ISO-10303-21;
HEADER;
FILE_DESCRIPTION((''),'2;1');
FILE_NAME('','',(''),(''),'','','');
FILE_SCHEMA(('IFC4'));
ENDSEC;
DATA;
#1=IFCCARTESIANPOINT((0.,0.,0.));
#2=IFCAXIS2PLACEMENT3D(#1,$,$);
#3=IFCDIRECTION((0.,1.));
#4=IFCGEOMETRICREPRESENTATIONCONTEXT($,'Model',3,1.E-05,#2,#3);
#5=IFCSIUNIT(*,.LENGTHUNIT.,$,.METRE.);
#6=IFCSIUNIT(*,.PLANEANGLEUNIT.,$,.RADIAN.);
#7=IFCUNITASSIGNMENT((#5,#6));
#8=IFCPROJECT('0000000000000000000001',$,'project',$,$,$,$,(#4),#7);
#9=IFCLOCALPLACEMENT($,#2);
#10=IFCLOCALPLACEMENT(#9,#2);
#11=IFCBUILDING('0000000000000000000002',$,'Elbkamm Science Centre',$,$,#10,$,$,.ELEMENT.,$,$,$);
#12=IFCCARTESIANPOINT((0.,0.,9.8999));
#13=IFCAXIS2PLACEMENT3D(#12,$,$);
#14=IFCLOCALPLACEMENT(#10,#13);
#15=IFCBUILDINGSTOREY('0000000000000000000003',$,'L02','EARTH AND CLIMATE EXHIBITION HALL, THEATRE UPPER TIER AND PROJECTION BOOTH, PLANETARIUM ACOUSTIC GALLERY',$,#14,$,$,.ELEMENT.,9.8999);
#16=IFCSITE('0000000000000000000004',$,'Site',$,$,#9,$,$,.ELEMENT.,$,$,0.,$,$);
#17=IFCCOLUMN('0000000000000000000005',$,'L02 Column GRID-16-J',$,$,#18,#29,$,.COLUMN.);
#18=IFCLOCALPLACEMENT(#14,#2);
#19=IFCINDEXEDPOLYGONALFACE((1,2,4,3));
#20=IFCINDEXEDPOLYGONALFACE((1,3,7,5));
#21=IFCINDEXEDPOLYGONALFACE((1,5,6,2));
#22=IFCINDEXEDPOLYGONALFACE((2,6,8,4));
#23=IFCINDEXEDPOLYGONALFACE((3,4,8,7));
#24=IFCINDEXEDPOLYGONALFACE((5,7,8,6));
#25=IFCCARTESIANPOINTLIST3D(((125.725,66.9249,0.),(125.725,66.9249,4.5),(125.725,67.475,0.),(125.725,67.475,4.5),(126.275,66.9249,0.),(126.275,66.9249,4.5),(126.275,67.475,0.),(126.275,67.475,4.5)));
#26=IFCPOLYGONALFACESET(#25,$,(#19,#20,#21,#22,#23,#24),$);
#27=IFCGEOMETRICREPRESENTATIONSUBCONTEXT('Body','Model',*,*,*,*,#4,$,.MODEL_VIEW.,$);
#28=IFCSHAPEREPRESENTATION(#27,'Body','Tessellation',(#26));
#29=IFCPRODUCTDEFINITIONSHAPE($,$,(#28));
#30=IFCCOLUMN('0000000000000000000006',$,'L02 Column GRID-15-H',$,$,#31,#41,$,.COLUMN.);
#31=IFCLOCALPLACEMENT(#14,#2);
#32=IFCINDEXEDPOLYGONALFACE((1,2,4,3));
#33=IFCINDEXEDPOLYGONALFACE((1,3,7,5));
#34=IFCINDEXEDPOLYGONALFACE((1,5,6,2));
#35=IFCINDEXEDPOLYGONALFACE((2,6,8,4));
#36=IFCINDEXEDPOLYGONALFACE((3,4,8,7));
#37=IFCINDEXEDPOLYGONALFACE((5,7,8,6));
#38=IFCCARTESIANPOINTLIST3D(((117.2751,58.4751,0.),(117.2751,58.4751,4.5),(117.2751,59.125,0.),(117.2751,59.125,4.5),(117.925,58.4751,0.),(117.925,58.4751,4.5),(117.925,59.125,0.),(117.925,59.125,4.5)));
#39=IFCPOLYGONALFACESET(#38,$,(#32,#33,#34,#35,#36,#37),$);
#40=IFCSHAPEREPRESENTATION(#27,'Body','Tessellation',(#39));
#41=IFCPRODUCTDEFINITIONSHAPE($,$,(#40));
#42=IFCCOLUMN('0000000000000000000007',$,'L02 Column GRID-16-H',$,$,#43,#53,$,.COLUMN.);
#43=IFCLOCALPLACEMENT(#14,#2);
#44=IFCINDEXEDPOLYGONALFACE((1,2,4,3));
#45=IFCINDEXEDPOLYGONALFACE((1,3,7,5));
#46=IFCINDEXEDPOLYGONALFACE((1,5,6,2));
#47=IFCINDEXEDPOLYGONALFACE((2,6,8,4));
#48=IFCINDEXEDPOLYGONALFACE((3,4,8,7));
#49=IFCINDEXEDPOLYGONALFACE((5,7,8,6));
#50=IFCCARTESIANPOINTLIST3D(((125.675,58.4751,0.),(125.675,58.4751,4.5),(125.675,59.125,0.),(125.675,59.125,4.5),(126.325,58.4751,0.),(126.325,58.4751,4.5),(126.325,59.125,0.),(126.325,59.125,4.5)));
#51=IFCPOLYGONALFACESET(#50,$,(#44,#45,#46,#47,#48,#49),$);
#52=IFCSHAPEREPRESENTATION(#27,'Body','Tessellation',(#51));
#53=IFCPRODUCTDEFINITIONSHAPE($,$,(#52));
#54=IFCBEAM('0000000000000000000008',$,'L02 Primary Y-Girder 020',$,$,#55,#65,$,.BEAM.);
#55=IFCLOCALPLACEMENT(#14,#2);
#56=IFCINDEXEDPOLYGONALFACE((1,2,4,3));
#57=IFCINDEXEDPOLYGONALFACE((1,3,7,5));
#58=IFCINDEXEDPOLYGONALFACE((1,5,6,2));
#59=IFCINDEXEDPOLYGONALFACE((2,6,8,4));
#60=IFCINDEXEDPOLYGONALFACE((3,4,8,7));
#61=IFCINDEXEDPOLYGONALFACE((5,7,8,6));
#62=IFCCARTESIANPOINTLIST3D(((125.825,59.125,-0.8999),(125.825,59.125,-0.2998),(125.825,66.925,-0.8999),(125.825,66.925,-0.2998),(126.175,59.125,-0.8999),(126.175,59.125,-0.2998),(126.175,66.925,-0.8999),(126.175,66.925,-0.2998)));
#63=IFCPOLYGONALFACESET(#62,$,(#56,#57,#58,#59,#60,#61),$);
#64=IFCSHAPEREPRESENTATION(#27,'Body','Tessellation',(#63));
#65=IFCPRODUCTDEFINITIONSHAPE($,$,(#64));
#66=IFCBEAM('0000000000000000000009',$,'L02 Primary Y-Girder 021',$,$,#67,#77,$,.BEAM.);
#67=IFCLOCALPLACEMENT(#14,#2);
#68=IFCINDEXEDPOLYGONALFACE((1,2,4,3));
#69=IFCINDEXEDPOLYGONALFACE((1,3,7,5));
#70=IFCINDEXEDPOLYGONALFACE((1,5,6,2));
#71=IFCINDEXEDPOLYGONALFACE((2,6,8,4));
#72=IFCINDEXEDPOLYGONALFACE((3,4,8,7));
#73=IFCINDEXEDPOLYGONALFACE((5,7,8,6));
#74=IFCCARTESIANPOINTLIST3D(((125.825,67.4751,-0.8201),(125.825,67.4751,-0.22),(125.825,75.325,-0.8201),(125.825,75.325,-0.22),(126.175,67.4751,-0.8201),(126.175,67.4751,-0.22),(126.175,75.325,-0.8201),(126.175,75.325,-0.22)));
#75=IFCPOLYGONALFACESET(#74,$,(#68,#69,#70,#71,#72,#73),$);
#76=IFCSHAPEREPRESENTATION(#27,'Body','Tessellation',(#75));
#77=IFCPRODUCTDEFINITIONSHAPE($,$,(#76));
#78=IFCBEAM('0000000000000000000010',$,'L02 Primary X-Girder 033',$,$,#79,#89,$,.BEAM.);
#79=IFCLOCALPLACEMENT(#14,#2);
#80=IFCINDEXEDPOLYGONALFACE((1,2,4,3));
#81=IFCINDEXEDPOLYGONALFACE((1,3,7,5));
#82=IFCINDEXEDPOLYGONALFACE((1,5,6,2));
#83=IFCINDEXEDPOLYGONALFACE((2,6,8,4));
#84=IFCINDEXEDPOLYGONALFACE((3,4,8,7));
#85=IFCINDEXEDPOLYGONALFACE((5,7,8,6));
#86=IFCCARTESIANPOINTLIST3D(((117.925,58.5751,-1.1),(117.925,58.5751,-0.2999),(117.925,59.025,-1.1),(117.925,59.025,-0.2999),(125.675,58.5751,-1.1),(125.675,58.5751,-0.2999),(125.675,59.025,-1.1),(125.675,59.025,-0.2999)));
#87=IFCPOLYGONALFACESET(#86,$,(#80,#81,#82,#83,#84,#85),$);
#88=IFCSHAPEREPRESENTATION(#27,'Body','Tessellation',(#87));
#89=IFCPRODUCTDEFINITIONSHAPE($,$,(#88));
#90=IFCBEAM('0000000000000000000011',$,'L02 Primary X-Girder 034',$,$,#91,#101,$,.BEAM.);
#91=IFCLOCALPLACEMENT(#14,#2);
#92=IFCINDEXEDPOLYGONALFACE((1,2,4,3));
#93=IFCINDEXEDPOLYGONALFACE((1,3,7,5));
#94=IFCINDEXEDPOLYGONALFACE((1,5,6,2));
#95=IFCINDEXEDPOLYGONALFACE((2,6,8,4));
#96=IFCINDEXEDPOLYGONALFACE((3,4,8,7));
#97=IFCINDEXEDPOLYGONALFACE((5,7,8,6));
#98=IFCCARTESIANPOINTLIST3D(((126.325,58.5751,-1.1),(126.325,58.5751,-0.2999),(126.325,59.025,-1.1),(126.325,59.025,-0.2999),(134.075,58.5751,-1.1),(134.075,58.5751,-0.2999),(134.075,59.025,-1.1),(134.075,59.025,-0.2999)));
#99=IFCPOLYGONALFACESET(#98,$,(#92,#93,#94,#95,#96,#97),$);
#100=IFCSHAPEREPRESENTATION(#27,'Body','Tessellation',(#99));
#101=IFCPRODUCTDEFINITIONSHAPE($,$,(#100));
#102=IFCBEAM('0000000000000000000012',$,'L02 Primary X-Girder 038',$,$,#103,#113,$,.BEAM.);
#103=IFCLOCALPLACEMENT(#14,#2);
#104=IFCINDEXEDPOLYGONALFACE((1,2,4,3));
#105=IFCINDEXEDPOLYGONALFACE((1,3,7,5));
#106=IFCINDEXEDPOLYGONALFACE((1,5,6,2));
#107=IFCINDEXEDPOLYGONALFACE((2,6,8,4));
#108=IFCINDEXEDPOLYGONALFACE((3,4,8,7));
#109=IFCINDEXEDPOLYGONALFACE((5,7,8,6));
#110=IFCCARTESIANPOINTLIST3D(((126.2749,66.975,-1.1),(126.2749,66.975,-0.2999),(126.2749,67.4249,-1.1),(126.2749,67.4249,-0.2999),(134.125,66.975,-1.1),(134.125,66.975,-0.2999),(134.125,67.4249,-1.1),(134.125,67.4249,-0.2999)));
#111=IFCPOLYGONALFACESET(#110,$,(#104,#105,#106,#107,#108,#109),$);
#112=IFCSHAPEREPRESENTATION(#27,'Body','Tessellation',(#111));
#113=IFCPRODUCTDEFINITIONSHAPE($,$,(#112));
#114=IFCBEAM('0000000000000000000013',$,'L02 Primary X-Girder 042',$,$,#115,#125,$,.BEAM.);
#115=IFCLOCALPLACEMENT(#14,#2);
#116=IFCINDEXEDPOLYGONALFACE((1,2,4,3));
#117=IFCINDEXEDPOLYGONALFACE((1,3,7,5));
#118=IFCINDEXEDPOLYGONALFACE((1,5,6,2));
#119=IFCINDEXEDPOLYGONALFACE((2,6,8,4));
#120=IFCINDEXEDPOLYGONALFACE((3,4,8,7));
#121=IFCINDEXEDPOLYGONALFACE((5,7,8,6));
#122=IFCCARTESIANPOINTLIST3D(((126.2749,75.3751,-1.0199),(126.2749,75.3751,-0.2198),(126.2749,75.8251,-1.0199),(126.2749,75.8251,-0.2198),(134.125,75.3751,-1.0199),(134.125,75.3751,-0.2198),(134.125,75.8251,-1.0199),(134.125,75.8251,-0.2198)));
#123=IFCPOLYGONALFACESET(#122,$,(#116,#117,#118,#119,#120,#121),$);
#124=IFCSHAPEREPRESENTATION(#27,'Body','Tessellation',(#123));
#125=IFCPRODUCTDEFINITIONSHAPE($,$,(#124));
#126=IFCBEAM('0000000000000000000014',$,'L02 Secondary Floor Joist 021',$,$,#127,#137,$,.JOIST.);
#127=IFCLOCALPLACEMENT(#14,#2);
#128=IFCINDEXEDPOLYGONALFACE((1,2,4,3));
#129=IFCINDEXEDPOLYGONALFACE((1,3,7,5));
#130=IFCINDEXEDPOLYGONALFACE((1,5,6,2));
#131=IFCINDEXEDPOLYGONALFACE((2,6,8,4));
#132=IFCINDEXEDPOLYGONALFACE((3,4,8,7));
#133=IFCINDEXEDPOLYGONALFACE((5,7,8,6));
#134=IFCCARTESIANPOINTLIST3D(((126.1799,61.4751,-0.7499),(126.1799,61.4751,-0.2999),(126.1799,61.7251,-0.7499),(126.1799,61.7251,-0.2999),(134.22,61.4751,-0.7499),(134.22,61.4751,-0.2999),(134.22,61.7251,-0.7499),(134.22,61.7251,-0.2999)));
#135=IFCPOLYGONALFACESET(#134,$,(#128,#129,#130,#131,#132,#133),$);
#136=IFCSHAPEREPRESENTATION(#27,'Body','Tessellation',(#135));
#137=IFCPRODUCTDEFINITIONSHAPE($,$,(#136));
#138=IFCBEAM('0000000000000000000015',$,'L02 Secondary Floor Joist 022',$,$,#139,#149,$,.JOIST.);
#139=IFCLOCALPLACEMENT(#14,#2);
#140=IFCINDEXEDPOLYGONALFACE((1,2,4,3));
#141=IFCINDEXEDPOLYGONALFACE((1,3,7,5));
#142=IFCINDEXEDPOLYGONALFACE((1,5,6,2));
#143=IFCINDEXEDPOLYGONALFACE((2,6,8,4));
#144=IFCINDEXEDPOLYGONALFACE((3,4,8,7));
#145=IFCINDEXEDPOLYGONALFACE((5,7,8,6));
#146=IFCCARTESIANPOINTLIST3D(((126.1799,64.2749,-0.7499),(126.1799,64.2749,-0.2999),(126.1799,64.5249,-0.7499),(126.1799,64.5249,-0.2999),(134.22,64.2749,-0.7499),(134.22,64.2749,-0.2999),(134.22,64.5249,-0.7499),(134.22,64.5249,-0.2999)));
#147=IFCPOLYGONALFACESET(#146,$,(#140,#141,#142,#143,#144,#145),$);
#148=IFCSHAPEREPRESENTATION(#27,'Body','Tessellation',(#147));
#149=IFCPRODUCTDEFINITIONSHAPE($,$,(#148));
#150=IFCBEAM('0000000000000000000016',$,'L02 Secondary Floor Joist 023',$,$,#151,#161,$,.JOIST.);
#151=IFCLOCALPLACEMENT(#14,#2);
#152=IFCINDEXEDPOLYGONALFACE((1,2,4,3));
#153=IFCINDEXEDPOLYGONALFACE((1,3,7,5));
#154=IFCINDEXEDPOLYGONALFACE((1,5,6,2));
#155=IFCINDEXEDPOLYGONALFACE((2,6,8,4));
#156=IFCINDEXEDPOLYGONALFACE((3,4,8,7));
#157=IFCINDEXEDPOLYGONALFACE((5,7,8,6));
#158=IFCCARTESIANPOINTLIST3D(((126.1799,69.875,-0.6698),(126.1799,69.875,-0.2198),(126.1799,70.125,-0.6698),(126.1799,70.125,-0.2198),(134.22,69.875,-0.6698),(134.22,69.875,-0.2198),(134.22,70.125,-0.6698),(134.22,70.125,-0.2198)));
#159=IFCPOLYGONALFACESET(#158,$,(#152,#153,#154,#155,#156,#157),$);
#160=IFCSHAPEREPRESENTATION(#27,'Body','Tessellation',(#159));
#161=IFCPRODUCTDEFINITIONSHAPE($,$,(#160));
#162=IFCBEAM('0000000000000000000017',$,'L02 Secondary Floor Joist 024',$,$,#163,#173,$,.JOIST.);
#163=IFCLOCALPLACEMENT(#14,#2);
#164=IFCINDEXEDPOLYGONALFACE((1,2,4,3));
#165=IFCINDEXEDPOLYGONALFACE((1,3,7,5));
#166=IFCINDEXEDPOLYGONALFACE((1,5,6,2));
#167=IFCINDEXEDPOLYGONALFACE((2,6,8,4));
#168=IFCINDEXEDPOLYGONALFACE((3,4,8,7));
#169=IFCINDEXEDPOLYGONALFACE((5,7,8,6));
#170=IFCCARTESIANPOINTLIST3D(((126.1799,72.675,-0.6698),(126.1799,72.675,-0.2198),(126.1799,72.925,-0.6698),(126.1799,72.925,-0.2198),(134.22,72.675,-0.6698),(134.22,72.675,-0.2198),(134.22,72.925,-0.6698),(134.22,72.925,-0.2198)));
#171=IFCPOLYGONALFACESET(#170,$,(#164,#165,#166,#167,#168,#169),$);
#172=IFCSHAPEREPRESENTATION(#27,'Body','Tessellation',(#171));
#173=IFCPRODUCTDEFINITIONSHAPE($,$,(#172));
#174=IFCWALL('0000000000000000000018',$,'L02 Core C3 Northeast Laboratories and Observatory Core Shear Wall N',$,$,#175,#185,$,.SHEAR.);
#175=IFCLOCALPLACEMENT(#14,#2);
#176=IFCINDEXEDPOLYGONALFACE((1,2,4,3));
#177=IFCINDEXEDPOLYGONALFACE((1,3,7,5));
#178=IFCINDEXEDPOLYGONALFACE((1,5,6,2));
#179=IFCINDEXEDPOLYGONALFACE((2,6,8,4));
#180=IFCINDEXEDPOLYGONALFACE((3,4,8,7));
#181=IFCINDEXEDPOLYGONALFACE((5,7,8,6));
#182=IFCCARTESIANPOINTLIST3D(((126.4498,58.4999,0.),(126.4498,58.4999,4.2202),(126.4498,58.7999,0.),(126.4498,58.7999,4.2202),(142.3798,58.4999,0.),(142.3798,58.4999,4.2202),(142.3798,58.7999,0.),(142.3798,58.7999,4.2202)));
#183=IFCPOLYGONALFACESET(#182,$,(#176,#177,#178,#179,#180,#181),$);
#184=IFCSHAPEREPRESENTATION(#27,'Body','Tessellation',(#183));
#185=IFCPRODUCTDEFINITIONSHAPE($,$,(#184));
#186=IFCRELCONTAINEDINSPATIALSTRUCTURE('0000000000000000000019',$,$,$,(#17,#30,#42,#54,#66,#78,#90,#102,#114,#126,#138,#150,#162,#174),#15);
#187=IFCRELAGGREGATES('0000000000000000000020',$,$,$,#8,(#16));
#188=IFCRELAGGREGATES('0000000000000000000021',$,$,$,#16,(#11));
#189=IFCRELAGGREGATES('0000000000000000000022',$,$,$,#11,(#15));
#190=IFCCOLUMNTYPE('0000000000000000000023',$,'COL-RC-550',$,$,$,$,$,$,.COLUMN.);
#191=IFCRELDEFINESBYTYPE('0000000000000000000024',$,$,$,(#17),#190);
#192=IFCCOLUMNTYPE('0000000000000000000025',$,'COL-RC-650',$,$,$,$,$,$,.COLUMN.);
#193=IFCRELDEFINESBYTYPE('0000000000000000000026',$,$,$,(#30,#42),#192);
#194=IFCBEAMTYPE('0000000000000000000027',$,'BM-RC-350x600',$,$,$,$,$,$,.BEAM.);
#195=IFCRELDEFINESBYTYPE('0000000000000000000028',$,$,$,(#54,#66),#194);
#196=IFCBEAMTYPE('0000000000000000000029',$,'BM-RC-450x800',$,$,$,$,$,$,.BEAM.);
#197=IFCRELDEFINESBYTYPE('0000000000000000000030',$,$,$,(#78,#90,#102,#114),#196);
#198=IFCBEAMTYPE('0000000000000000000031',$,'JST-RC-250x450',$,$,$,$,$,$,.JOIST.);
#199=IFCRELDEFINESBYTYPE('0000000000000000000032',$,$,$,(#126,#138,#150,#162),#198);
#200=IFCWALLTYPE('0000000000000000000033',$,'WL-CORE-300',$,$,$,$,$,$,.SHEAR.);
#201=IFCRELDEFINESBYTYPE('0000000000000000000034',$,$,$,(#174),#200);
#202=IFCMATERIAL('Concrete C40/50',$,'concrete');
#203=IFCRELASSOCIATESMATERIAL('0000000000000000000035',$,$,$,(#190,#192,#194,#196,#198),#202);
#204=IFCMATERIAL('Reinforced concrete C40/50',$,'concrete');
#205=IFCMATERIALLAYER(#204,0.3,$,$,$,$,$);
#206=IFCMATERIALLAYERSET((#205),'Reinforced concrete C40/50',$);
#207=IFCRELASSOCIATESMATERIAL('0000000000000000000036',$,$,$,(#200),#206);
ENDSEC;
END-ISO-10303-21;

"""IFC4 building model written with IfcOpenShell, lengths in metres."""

from ifc_helpers import new_model, si_unit, direction, frame, frame_2d, origin, origin_2d, place, context, subcontext, project, spatial, rectangle, extrude, material, layer, layer_set, material_profile, profile_set, type_object, element, save


model = new_model("IFC4")

# Units and contexts
model_context = context("Model", 3, precision=1e-05, world=origin(), true_north=direction((0.0, 1.0)))
body_context = subcontext(model_context, "Body", "Model", "MODEL_VIEW")
ifc_project = project(units=[si_unit("LENGTHUNIT", "METRE"), si_unit("PLANEANGLEUNIT", "RADIAN")], contexts=[model_context])

# Site, building, storey
site_placement = place(None, origin())
site = spatial("IfcSite", under=ifc_project, at=site_placement, Name="Site", CompositionType="ELEMENT", RefElevation=0.0)
building_placement = place(site_placement, origin())
building = spatial("IfcBuilding", under=site, at=building_placement, Name="Elbkamm Science Centre", CompositionType="ELEMENT")
storey_placement = place(building_placement, frame((0.0, 0.0, 9.8999)))
storey = spatial("IfcBuildingStorey", under=building, at=storey_placement, Name="L02", Description="EARTH AND CLIMATE EXHIBITION HALL, THEATRE UPPER TIER AND PROJECTION BOOTH, PLANETARIUM ACOUSTIC GALLERY", CompositionType="ELEMENT", Elevation=9.8999)

# Columns
ifc_material_1 = material(Name="Concrete C40/50", Category="concrete")
ifc_material_profile_1 = material_profile(ifc_material_1, rectangle(XDim=0.55, YDim=0.55, at=origin_2d()), Name="RC 550x550")
ifc_profile_set_1 = profile_set([ifc_material_profile_1], Name="Concrete C40/50")
column_type_1 = type_object("IfcColumnType", Name="COL-RC-550", PredefinedType="COLUMN", material=ifc_profile_set_1)
column_placement = place(storey_placement, frame((126.0, 67.2, 0.0), z_axis=(0.0, 0.0, 1.0), x_axis=(1.0, 0.0, 0.0)))
element("IfcColumn", 1, at=column_placement, inside=storey, type_object=column_type_1, Name="L02 Column GRID-16-J", PredefinedType="COLUMN", context=body_context, shape_type="SweptSolid", body=[
    extrude(rectangle(XDim=0.55, YDim=0.55, at=origin_2d()), origin(), (0.0, 0.0, 1.0), 4.5),
])
ifc_material_profile_2 = material_profile(ifc_material_1, rectangle(XDim=0.6499, YDim=0.6499, at=origin_2d()), Name="RC 650x650")
ifc_profile_set_2 = profile_set([ifc_material_profile_2], Name="Concrete C40/50")
column_type_2 = type_object("IfcColumnType", Name="COL-RC-650", PredefinedType="COLUMN", material=ifc_profile_set_2)
for number, where, z_axis, x_axis, name in (
    (2, (117.6001, 58.8, 0.0), (0.0, 0.0, 1.0), (1.0, 0.0, 0.0), "L02 Column GRID-15-H"),
    (3, (126.0, 58.8, 0.0), (0.0, 0.0, 1.0), (1.0, 0.0, 0.0), "L02 Column GRID-16-H"),
):
    element("IfcColumn", number, at=place(storey_placement, frame(where, z_axis=z_axis, x_axis=x_axis)), inside=storey, type_object=column_type_2, Name=name, PredefinedType="COLUMN", context=body_context, shape_type="SweptSolid", body=[
        extrude(rectangle(XDim=0.6499, YDim=0.6499, at=origin_2d()), origin(), (0.0, 0.0, 1.0), 4.5),
    ])

# Beams
ifc_material_profile_3 = material_profile(ifc_material_1, rectangle(XDim=0.3501, YDim=0.6001, at=origin_2d()), Name="RC 350x600")
ifc_profile_set_3 = profile_set([ifc_material_profile_3], Name="Concrete C40/50")
beam_type_1 = type_object("IfcBeamType", Name="BM-RC-350x600", PredefinedType="BEAM", material=ifc_profile_set_3)
beam_1_placement = place(storey_placement, frame((126.0, 59.125, -0.5999), z_axis=(0.0, 1.0, 0.0), x_axis=(-1.0, 0.0, 0.0)))
element("IfcBeam", 4, at=beam_1_placement, inside=storey, type_object=beam_type_1, Name="L02 Primary Y-Girder 020", PredefinedType="BEAM", context=body_context, shape_type="SweptSolid", body=[
    extrude(rectangle(XDim=0.3501, YDim=0.6001, at=origin_2d()), origin(), (0.0, 0.0, 1.0), 7.8),
])
beam_2_placement = place(storey_placement, frame((126.0, 67.4751, -0.52), z_axis=(0.0, 1.0, 0.0), x_axis=(-1.0, 0.0, 0.0)))
element("IfcBeam", 5, at=beam_2_placement, inside=storey, type_object=beam_type_1, Name="L02 Primary Y-Girder 021", PredefinedType="BEAM", context=body_context, shape_type="SweptSolid", body=[
    extrude(rectangle(XDim=0.3501, YDim=0.6001, at=origin_2d()), origin(), (0.0, 0.0, 1.0), 7.8499),
])
ifc_material_profile_4 = material_profile(ifc_material_1, rectangle(XDim=0.45, YDim=0.8, at=origin_2d()), Name="RC 450x800")
ifc_profile_set_4 = profile_set([ifc_material_profile_4], Name="Concrete C40/50")
beam_type_2 = type_object("IfcBeamType", Name="BM-RC-450x800", PredefinedType="BEAM", material=ifc_profile_set_4)
for number, where, z_axis, x_axis, name in (
    (6, (117.925, 58.8, -0.7), (1.0, 0.0, 0.0), (0.0, 1.0, 0.0), "L02 Primary X-Girder 033"),
    (7, (126.325, 58.8, -0.7), (1.0, 0.0, 0.0), (0.0, 1.0, 0.0), "L02 Primary X-Girder 034"),
):
    element("IfcBeam", number, at=place(storey_placement, frame(where, z_axis=z_axis, x_axis=x_axis)), inside=storey, type_object=beam_type_2, Name=name, PredefinedType="BEAM", context=body_context, shape_type="SweptSolid", body=[
        extrude(rectangle(XDim=0.45, YDim=0.8, at=origin_2d()), origin(), (0.0, 0.0, 1.0), 7.75),
    ])
for number, where, z_axis, x_axis, name in (
    (8, (126.2749, 67.2, -0.7), (1.0, 0.0, 0.0), (0.0, 1.0, 0.0), "L02 Primary X-Girder 038"),
    (9, (126.2749, 75.6001, -0.6199), (1.0, 0.0, 0.0), (0.0, 1.0, 0.0), "L02 Primary X-Girder 042"),
):
    element("IfcBeam", number, at=place(storey_placement, frame(where, z_axis=z_axis, x_axis=x_axis)), inside=storey, type_object=beam_type_2, Name=name, PredefinedType="BEAM", context=body_context, shape_type="SweptSolid", body=[
        extrude(rectangle(XDim=0.45, YDim=0.8, at=origin_2d()), origin(), (0.0, 0.0, 1.0), 7.8501),
    ])
ifc_material_profile_5 = material_profile(ifc_material_1, rectangle(XDim=0.25, YDim=0.45, at=origin_2d()), Name="RC 250x450")
ifc_profile_set_5 = profile_set([ifc_material_profile_5], Name="Concrete C40/50")
beam_type_3 = type_object("IfcBeamType", Name="JST-RC-250x450", PredefinedType="JOIST", material=ifc_profile_set_5)
for number, where, z_axis, x_axis, name in (
    (10, (126.1799, 61.6001, -0.5249), (1.0, 0.0, 0.0), (0.0, 1.0, 0.0), "L02 Secondary Floor Joist 021"),
    (11, (126.1799, 64.3999, -0.5249), (1.0, 0.0, 0.0), (0.0, 1.0, 0.0), "L02 Secondary Floor Joist 022"),
    (12, (126.1799, 70.0, -0.4448), (1.0, 0.0, 0.0), (0.0, 1.0, 0.0), "L02 Secondary Floor Joist 023"),
    (13, (126.1799, 72.8, -0.4448), (1.0, 0.0, 0.0), (0.0, 1.0, 0.0), "L02 Secondary Floor Joist 024"),
):
    element("IfcBeam", number, at=place(storey_placement, frame(where, z_axis=z_axis, x_axis=x_axis)), inside=storey, type_object=beam_type_3, Name=name, PredefinedType="JOIST", context=body_context, shape_type="SweptSolid", body=[
        extrude(rectangle(XDim=0.25, YDim=0.45, at=origin_2d()), origin(), (0.0, 0.0, 1.0), 8.04),
    ])

# Wall
ifc_material_2 = material(Name="Reinforced concrete C40/50", Category="concrete")
ifc_layer_1 = layer(ifc_material_2, 0.3)
ifc_layer_set_1 = layer_set([ifc_layer_1], Name="Reinforced concrete C40/50")
wall_type_1 = type_object("IfcWallType", Name="WL-CORE-300", PredefinedType="SHEAR", material=ifc_layer_set_1)
wall_1_placement = place(storey_placement, frame((126.45, 58.6499, 0.0), z_axis=(0.0, 0.0, 1.0), x_axis=(1.0, 0.0, 0.0)))
element("IfcWall", 14, at=wall_1_placement, inside=storey, type_object=wall_type_1, Name="L02 Core C3 Northeast Laboratories and Observatory Core Shear Wall N", PredefinedType="SHEAR", context=body_context, shape_type="SweptSolid", body=[
    extrude(rectangle(XDim=15.9299, YDim=0.3, at=frame_2d((7.9648, 0.0))), origin(), (0.0, 0.0, 1.0), 4.2202),
])

save(model, "model.ifc")
